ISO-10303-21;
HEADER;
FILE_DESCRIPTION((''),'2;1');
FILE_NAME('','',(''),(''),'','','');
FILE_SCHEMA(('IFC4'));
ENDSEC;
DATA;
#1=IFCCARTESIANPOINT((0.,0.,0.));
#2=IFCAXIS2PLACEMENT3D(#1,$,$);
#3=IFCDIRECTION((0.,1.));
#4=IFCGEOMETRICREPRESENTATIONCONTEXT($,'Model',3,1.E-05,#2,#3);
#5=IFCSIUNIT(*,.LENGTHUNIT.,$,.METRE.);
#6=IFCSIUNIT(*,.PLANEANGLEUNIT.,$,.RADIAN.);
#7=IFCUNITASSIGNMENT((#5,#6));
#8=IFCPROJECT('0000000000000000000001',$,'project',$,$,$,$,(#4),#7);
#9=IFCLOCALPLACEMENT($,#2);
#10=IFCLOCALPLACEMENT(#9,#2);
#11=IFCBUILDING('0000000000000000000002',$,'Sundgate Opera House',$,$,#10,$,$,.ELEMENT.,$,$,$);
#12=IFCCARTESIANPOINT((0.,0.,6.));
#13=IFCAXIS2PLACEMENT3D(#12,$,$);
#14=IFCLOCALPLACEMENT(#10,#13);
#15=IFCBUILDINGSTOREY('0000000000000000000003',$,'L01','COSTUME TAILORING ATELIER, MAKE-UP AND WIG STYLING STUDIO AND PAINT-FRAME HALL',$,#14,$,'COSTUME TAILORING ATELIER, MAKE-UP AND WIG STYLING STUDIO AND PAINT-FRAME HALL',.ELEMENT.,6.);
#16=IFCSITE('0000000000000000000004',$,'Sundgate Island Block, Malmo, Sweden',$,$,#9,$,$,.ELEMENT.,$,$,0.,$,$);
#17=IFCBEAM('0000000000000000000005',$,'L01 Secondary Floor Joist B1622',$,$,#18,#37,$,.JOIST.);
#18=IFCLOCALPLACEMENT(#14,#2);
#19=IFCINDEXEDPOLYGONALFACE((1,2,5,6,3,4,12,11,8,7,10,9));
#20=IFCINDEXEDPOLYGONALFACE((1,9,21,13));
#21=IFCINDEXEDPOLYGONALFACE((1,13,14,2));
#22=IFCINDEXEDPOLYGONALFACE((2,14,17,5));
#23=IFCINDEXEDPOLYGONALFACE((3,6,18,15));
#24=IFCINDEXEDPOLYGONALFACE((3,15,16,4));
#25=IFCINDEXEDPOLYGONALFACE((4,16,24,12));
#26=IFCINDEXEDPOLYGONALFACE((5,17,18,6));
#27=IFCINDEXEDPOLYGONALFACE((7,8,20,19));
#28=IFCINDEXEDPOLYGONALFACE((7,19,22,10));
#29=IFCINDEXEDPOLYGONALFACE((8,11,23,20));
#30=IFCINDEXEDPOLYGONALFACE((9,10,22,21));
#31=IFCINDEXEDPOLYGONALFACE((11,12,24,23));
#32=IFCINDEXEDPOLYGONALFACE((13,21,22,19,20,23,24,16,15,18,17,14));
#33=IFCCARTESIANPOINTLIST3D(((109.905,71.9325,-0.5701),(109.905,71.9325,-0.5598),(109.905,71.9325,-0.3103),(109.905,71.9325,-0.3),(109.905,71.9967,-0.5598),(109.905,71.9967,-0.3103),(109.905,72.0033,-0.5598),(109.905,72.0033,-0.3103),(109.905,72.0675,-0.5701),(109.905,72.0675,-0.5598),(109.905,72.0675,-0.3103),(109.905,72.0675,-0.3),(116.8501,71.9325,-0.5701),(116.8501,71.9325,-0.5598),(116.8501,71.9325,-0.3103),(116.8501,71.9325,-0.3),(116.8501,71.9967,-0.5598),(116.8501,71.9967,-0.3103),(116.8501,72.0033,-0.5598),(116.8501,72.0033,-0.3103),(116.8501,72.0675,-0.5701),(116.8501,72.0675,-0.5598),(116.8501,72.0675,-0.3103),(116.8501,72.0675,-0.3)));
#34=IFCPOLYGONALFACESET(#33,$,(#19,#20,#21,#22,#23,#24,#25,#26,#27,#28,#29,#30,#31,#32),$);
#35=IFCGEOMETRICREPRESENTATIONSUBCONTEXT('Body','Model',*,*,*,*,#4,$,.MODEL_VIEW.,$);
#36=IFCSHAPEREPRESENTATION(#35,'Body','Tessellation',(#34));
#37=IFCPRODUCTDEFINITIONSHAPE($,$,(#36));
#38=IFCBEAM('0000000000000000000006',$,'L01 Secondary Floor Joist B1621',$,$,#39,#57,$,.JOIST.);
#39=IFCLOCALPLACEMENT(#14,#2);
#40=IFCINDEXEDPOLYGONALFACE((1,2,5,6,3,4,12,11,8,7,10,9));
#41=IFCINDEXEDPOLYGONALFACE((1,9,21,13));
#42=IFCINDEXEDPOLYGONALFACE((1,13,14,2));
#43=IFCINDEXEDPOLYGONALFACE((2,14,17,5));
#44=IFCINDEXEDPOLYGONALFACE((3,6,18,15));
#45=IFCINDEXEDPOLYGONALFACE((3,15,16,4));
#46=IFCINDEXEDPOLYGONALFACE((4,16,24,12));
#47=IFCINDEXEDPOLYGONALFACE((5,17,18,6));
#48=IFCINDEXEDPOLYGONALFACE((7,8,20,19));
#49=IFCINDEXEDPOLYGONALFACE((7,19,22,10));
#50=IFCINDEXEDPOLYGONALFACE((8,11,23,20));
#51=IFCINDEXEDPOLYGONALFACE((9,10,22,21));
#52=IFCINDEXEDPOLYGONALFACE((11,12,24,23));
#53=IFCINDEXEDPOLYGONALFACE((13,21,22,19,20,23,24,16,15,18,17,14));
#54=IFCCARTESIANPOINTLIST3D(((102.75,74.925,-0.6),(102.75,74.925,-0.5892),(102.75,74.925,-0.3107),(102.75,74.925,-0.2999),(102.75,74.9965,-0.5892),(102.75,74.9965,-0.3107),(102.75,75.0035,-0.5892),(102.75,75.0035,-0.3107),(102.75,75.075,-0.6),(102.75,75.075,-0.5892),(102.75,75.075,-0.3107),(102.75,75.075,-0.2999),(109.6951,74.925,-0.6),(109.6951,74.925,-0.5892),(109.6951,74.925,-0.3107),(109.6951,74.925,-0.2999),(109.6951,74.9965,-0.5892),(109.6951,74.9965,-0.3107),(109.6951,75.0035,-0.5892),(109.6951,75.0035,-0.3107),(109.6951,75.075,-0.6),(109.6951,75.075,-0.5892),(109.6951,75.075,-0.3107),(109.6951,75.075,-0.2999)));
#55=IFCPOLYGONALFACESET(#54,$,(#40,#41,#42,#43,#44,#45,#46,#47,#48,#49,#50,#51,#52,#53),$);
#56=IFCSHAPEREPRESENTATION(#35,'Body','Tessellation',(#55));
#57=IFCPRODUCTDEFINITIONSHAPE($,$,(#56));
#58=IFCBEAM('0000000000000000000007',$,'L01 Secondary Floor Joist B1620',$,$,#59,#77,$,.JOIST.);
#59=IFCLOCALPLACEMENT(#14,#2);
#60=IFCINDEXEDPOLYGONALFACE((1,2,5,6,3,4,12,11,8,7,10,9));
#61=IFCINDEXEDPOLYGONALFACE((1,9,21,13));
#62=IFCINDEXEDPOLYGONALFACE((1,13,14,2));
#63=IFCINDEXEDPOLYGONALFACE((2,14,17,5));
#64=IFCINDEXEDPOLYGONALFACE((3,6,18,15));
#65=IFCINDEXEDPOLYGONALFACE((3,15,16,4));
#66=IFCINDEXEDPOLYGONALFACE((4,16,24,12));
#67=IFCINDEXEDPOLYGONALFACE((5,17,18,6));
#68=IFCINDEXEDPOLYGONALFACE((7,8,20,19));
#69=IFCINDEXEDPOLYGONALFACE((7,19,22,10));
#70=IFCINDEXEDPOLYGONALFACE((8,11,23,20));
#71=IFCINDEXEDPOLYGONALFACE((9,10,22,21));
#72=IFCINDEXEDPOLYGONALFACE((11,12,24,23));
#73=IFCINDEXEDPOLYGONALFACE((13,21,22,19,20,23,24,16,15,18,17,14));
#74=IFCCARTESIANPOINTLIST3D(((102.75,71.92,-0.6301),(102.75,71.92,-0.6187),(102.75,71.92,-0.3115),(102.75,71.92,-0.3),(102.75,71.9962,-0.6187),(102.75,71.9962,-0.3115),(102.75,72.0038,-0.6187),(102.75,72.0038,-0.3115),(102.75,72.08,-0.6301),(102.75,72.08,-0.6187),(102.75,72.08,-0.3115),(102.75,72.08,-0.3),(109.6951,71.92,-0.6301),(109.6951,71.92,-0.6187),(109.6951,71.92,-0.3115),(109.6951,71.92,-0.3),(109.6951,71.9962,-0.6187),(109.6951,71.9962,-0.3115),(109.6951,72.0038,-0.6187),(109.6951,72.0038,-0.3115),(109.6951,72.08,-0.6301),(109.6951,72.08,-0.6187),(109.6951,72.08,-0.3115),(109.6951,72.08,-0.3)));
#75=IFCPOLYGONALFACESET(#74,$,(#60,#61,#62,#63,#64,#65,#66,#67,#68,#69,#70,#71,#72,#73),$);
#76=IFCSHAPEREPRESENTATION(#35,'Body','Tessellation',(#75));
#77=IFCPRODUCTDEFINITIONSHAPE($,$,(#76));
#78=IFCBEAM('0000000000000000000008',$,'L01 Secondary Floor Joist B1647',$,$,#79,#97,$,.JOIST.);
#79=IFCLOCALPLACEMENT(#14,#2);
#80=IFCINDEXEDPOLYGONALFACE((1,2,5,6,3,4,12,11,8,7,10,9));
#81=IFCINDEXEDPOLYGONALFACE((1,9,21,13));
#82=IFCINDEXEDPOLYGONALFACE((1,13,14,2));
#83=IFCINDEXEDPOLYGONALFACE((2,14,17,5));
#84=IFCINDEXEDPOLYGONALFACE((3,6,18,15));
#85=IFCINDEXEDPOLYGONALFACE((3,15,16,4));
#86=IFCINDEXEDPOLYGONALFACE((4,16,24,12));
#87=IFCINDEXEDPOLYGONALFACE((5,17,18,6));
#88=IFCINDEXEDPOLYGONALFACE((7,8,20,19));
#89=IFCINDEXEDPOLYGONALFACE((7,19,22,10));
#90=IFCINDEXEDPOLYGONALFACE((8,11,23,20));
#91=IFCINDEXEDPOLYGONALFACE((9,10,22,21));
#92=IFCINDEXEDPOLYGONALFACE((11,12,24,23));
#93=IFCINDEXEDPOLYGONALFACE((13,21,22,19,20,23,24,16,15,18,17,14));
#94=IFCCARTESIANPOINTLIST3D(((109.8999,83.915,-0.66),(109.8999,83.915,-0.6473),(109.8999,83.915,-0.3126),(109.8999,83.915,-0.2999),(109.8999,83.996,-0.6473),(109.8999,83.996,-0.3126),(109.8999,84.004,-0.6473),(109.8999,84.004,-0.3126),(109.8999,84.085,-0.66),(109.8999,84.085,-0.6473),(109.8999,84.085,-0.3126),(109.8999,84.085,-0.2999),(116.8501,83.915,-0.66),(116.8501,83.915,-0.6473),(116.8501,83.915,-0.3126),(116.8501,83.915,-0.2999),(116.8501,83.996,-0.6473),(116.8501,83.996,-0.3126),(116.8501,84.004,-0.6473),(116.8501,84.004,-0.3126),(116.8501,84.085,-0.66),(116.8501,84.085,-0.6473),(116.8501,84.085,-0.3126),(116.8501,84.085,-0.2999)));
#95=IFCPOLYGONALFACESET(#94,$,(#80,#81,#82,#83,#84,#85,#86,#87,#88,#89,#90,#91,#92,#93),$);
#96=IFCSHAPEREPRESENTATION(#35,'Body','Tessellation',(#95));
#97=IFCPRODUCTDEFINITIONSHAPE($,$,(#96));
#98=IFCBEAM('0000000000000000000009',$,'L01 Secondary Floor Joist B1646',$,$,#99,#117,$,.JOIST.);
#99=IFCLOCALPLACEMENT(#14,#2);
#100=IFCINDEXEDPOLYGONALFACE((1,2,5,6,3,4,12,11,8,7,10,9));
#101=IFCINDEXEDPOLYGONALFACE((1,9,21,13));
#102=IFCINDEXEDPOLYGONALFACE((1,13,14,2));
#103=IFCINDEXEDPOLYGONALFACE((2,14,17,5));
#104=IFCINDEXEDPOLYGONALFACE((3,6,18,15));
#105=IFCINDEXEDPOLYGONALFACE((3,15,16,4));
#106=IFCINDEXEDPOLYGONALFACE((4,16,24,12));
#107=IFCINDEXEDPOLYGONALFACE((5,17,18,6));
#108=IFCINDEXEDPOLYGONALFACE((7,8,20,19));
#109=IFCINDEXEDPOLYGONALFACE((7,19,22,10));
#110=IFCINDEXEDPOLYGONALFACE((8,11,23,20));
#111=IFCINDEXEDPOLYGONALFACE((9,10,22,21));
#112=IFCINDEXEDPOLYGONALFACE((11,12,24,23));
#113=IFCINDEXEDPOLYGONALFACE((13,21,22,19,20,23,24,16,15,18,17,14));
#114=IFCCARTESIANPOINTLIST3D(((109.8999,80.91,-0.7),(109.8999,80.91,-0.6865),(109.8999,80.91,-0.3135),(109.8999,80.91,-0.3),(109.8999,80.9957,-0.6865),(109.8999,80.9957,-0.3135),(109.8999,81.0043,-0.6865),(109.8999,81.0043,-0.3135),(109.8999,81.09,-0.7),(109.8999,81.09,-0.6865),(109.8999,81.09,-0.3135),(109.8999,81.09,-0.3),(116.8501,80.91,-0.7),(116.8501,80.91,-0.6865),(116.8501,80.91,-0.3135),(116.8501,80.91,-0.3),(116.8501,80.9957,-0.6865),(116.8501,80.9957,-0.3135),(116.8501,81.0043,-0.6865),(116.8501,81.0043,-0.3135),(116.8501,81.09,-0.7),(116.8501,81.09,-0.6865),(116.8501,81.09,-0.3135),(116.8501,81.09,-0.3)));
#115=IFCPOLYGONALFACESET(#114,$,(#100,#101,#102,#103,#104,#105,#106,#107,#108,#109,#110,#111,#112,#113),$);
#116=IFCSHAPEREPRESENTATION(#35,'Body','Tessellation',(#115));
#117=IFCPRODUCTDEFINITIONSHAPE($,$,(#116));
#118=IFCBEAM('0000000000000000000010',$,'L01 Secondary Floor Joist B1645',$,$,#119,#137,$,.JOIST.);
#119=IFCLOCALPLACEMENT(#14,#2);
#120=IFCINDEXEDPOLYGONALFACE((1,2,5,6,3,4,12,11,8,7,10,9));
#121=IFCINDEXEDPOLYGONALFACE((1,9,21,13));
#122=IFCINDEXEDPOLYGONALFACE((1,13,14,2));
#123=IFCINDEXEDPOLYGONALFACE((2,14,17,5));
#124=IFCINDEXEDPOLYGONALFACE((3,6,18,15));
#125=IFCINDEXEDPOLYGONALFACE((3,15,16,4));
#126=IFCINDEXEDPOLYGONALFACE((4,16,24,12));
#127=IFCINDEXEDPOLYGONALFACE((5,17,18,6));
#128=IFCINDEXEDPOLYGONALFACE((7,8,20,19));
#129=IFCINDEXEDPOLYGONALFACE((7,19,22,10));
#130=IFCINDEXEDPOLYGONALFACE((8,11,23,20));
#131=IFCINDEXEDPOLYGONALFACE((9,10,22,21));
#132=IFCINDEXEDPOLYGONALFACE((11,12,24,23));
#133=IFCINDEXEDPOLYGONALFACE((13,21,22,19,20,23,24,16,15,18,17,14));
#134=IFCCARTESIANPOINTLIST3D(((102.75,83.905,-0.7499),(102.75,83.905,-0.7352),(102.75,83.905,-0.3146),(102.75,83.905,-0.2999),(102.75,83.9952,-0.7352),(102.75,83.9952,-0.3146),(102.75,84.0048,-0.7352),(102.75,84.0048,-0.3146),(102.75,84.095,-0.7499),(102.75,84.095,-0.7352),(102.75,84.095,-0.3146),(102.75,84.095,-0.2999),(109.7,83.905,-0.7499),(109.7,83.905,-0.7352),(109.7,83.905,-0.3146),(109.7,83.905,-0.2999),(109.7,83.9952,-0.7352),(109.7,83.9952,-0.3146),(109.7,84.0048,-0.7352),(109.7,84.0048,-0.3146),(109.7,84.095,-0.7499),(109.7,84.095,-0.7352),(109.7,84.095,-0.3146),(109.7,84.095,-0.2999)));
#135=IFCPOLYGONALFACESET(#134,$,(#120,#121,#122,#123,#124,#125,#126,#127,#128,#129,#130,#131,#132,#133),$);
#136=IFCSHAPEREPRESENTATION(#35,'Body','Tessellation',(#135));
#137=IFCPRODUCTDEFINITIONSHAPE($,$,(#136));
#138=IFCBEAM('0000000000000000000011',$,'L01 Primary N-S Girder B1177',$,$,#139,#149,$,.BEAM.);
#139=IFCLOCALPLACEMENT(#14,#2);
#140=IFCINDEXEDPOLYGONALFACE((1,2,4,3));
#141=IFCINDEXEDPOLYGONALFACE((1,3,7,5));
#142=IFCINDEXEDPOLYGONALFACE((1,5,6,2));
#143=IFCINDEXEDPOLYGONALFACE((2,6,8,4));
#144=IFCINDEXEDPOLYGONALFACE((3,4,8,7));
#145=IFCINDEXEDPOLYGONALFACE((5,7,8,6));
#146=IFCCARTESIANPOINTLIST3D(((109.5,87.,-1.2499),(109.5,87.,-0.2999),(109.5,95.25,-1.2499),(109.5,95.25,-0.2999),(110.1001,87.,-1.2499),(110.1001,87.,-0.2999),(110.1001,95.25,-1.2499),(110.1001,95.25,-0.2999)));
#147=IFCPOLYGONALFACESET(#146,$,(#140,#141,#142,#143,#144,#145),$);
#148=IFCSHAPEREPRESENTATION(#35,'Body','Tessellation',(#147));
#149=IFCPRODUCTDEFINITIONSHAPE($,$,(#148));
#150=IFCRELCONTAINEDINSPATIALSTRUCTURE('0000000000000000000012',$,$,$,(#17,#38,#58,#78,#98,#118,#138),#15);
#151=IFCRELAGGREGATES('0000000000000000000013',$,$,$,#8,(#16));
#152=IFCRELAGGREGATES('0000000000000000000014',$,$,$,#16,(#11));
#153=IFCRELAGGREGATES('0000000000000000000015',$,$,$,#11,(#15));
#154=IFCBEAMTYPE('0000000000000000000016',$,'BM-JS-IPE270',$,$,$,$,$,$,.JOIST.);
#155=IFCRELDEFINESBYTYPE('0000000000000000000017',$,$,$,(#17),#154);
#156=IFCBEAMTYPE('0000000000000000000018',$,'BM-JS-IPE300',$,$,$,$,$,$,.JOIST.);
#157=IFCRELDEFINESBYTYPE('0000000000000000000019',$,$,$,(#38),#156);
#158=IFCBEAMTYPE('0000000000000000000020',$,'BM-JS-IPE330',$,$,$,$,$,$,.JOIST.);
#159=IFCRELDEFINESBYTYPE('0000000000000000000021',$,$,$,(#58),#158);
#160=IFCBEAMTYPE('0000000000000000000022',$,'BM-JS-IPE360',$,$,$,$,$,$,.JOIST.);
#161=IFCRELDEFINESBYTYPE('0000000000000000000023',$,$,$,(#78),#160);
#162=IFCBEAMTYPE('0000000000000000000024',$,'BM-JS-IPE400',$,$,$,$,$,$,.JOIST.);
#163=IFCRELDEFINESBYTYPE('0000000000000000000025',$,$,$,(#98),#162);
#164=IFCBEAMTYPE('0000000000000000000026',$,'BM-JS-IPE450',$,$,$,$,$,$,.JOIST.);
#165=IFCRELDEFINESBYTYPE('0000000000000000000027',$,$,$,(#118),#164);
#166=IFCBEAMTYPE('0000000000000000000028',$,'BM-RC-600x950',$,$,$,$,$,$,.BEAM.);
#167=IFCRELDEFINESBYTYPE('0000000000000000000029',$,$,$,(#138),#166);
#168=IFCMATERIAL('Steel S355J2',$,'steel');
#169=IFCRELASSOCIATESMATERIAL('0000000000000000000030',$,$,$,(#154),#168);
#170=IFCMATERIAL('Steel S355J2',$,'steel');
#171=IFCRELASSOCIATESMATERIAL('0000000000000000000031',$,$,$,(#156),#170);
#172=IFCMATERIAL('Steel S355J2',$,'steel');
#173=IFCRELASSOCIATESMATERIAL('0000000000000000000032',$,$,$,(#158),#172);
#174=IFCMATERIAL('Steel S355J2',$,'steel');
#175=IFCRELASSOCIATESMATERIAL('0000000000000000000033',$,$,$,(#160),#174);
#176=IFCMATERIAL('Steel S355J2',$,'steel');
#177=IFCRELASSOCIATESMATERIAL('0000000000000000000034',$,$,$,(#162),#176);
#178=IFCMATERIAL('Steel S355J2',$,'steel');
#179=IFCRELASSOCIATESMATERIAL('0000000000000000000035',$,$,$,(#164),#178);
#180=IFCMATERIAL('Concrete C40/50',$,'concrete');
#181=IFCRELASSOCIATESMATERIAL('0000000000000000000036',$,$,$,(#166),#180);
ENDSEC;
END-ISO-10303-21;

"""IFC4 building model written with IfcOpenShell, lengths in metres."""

from ifc_helpers import new_model, si_unit, direction, frame, origin, origin_2d, place, context, subcontext, project, spatial, rectangle, i_section, extrude, material, material_profile, profile_set, type_object, element, save


model = new_model("IFC4")

# Units and contexts
model_context = context("Model", 3, precision=1e-05, world=origin(), true_north=direction((0.0, 1.0)))
body_context = subcontext(model_context, "Body", "Model", "MODEL_VIEW")
ifc_project = project(units=[si_unit("LENGTHUNIT", "METRE"), si_unit("PLANEANGLEUNIT", "RADIAN")], contexts=[model_context])

# Site, building, storey
site_placement = place(None, origin())
site = spatial("IfcSite", under=ifc_project, at=site_placement, Name="Sundgate Island Block, Malmo, Sweden", CompositionType="ELEMENT", RefElevation=0.0)
building_placement = place(site_placement, origin())
building = spatial("IfcBuilding", under=site, at=building_placement, Name="Sundgate Opera House", CompositionType="ELEMENT")
storey_placement = place(building_placement, frame((0.0, 0.0, 6.0)))
storey = spatial("IfcBuildingStorey", under=building, at=storey_placement, Name="L01", Description="COSTUME TAILORING ATELIER, MAKE-UP AND WIG STYLING STUDIO AND PAINT-FRAME HALL", LongName="COSTUME TAILORING ATELIER, MAKE-UP AND WIG STYLING STUDIO AND PAINT-FRAME HALL", CompositionType="ELEMENT", Elevation=6.0)

# Beams
ifc_material_1 = material(Name="Steel S355J2", Category="steel")
ifc_material_profile_1 = material_profile(ifc_material_1, i_section(OverallWidth=0.135, OverallDepth=0.27, WebThickness=0.0066, FlangeThickness=0.0103, at=origin_2d()), Name="IPE 270")
ifc_profile_set_1 = profile_set([ifc_material_profile_1], Name="Steel S355J2")
beam_type_1 = type_object("IfcBeamType", Name="BM-JS-IPE270", PredefinedType="JOIST", material=ifc_profile_set_1)
beam_1_placement = place(storey_placement, frame((109.905, 72.0, -0.4351), z_axis=(1.0, 0.0, 0.0), x_axis=(0.0, 1.0, 0.0)))
element("IfcBeam", 1, at=beam_1_placement, inside=storey, type_object=beam_type_1, Name="L01 Secondary Floor Joist B1622", PredefinedType="JOIST", context=body_context, shape_type="SweptSolid", body=[
    extrude(i_section(OverallWidth=0.135, OverallDepth=0.27, WebThickness=0.0066, FlangeThickness=0.0103, at=origin_2d()), origin(), (0.0, 0.0, 1.0), 6.9451),
])
ifc_material_2 = material(Name="Steel S355J2", Category="steel")
ifc_material_profile_2 = material_profile(ifc_material_2, i_section(OverallWidth=0.1499, OverallDepth=0.3, WebThickness=0.0071, FlangeThickness=0.0107, at=origin_2d()), Name="IPE 300")
ifc_profile_set_2 = profile_set([ifc_material_profile_2], Name="Steel S355J2")
beam_type_2 = type_object("IfcBeamType", Name="BM-JS-IPE300", PredefinedType="JOIST", material=ifc_profile_set_2)
beam_2_placement = place(storey_placement, frame((102.75, 75.0, -0.45), z_axis=(1.0, 0.0, 0.0), x_axis=(0.0, 1.0, 0.0)))
element("IfcBeam", 2, at=beam_2_placement, inside=storey, type_object=beam_type_2, Name="L01 Secondary Floor Joist B1621", PredefinedType="JOIST", context=body_context, shape_type="SweptSolid", body=[
    extrude(i_section(OverallWidth=0.1499, OverallDepth=0.3, WebThickness=0.0071, FlangeThickness=0.0107, at=origin_2d()), origin(), (0.0, 0.0, 1.0), 6.9451),
])
ifc_material_3 = material(Name="Steel S355J2", Category="steel")
ifc_material_profile_3 = material_profile(ifc_material_3, i_section(OverallWidth=0.1599, OverallDepth=0.3301, WebThickness=0.0076, FlangeThickness=0.0115, at=origin_2d()), Name="IPE 330")
ifc_profile_set_3 = profile_set([ifc_material_profile_3], Name="Steel S355J2")
beam_type_3 = type_object("IfcBeamType", Name="BM-JS-IPE330", PredefinedType="JOIST", material=ifc_profile_set_3)
beam_3_placement = place(storey_placement, frame((102.75, 72.0, -0.4651), z_axis=(1.0, 0.0, 0.0), x_axis=(0.0, 1.0, 0.0)))
element("IfcBeam", 3, at=beam_3_placement, inside=storey, type_object=beam_type_3, Name="L01 Secondary Floor Joist B1620", PredefinedType="JOIST", context=body_context, shape_type="SweptSolid", body=[
    extrude(i_section(OverallWidth=0.1599, OverallDepth=0.3301, WebThickness=0.0076, FlangeThickness=0.0115, at=origin_2d()), origin(), (0.0, 0.0, 1.0), 6.9451),
])
ifc_material_4 = material(Name="Steel S355J2", Category="steel")
ifc_material_profile_4 = material_profile(ifc_material_4, i_section(OverallWidth=0.1699, OverallDepth=0.3601, WebThickness=0.0081, FlangeThickness=0.0127, at=origin_2d()), Name="IPE 360")
ifc_profile_set_4 = profile_set([ifc_material_profile_4], Name="Steel S355J2")
beam_type_4 = type_object("IfcBeamType", Name="BM-JS-IPE360", PredefinedType="JOIST", material=ifc_profile_set_4)
beam_4_placement = place(storey_placement, frame((109.8999, 84.0, -0.48), z_axis=(1.0, 0.0, 0.0), x_axis=(0.0, 1.0, 0.0)))
element("IfcBeam", 4, at=beam_4_placement, inside=storey, type_object=beam_type_4, Name="L01 Secondary Floor Joist B1647", PredefinedType="JOIST", context=body_context, shape_type="SweptSolid", body=[
    extrude(i_section(OverallWidth=0.1699, OverallDepth=0.3601, WebThickness=0.0081, FlangeThickness=0.0127, at=origin_2d()), origin(), (0.0, 0.0, 1.0), 6.9502),
])
ifc_material_5 = material(Name="Steel S355J2", Category="steel")
ifc_material_profile_5 = material_profile(ifc_material_5, i_section(OverallWidth=0.1799, OverallDepth=0.3999, WebThickness=0.0085, FlangeThickness=0.0134, at=origin_2d()), Name="IPE 400")
ifc_profile_set_5 = profile_set([ifc_material_profile_5], Name="Steel S355J2")
beam_type_5 = type_object("IfcBeamType", Name="BM-JS-IPE400", PredefinedType="JOIST", material=ifc_profile_set_5)
beam_5_placement = place(storey_placement, frame((109.8999, 81.0, -0.5), z_axis=(1.0, 0.0, 0.0), x_axis=(0.0, 1.0, 0.0)))
element("IfcBeam", 5, at=beam_5_placement, inside=storey, type_object=beam_type_5, Name="L01 Secondary Floor Joist B1646", PredefinedType="JOIST", context=body_context, shape_type="SweptSolid", body=[
    extrude(i_section(OverallWidth=0.1799, OverallDepth=0.3999, WebThickness=0.0085, FlangeThickness=0.0134, at=origin_2d()), origin(), (0.0, 0.0, 1.0), 6.9502),
])
ifc_material_6 = material(Name="Steel S355J2", Category="steel")
ifc_material_profile_6 = material_profile(ifc_material_6, i_section(OverallWidth=0.1899, OverallDepth=0.45, WebThickness=0.0095, FlangeThickness=0.0146, at=origin_2d()), Name="IPE 450")
ifc_profile_set_6 = profile_set([ifc_material_profile_6], Name="Steel S355J2")
beam_type_6 = type_object("IfcBeamType", Name="BM-JS-IPE450", PredefinedType="JOIST", material=ifc_profile_set_6)
beam_6_placement = place(storey_placement, frame((102.75, 84.0, -0.5249), z_axis=(1.0, 0.0, 0.0), x_axis=(0.0, 1.0, 0.0)))
element("IfcBeam", 6, at=beam_6_placement, inside=storey, type_object=beam_type_6, Name="L01 Secondary Floor Joist B1645", PredefinedType="JOIST", context=body_context, shape_type="SweptSolid", body=[
    extrude(i_section(OverallWidth=0.1899, OverallDepth=0.45, WebThickness=0.0095, FlangeThickness=0.0146, at=origin_2d()), origin(), (0.0, 0.0, 1.0), 6.95),
])
ifc_material_7 = material(Name="Concrete C40/50", Category="concrete")
ifc_material_profile_7 = material_profile(ifc_material_7, rectangle(XDim=0.6001, YDim=0.95, at=origin_2d()), Name="RC 600x950")
ifc_profile_set_7 = profile_set([ifc_material_profile_7], Name="Concrete C40/50")
beam_type_7 = type_object("IfcBeamType", Name="BM-RC-600x950", PredefinedType="BEAM", material=ifc_profile_set_7)
beam_7_placement = place(storey_placement, frame((109.8, 87.0, -0.7749), z_axis=(0.0, 1.0, 0.0), x_axis=(-1.0, 0.0, 0.0)))
element("IfcBeam", 7, at=beam_7_placement, inside=storey, type_object=beam_type_7, Name="L01 Primary N-S Girder B1177", PredefinedType="BEAM", context=body_context, shape_type="SweptSolid", body=[
    extrude(rectangle(XDim=0.6001, YDim=0.95, at=origin_2d()), origin(), (0.0, 0.0, 1.0), 8.25),
])

save(model, "model.ifc")
